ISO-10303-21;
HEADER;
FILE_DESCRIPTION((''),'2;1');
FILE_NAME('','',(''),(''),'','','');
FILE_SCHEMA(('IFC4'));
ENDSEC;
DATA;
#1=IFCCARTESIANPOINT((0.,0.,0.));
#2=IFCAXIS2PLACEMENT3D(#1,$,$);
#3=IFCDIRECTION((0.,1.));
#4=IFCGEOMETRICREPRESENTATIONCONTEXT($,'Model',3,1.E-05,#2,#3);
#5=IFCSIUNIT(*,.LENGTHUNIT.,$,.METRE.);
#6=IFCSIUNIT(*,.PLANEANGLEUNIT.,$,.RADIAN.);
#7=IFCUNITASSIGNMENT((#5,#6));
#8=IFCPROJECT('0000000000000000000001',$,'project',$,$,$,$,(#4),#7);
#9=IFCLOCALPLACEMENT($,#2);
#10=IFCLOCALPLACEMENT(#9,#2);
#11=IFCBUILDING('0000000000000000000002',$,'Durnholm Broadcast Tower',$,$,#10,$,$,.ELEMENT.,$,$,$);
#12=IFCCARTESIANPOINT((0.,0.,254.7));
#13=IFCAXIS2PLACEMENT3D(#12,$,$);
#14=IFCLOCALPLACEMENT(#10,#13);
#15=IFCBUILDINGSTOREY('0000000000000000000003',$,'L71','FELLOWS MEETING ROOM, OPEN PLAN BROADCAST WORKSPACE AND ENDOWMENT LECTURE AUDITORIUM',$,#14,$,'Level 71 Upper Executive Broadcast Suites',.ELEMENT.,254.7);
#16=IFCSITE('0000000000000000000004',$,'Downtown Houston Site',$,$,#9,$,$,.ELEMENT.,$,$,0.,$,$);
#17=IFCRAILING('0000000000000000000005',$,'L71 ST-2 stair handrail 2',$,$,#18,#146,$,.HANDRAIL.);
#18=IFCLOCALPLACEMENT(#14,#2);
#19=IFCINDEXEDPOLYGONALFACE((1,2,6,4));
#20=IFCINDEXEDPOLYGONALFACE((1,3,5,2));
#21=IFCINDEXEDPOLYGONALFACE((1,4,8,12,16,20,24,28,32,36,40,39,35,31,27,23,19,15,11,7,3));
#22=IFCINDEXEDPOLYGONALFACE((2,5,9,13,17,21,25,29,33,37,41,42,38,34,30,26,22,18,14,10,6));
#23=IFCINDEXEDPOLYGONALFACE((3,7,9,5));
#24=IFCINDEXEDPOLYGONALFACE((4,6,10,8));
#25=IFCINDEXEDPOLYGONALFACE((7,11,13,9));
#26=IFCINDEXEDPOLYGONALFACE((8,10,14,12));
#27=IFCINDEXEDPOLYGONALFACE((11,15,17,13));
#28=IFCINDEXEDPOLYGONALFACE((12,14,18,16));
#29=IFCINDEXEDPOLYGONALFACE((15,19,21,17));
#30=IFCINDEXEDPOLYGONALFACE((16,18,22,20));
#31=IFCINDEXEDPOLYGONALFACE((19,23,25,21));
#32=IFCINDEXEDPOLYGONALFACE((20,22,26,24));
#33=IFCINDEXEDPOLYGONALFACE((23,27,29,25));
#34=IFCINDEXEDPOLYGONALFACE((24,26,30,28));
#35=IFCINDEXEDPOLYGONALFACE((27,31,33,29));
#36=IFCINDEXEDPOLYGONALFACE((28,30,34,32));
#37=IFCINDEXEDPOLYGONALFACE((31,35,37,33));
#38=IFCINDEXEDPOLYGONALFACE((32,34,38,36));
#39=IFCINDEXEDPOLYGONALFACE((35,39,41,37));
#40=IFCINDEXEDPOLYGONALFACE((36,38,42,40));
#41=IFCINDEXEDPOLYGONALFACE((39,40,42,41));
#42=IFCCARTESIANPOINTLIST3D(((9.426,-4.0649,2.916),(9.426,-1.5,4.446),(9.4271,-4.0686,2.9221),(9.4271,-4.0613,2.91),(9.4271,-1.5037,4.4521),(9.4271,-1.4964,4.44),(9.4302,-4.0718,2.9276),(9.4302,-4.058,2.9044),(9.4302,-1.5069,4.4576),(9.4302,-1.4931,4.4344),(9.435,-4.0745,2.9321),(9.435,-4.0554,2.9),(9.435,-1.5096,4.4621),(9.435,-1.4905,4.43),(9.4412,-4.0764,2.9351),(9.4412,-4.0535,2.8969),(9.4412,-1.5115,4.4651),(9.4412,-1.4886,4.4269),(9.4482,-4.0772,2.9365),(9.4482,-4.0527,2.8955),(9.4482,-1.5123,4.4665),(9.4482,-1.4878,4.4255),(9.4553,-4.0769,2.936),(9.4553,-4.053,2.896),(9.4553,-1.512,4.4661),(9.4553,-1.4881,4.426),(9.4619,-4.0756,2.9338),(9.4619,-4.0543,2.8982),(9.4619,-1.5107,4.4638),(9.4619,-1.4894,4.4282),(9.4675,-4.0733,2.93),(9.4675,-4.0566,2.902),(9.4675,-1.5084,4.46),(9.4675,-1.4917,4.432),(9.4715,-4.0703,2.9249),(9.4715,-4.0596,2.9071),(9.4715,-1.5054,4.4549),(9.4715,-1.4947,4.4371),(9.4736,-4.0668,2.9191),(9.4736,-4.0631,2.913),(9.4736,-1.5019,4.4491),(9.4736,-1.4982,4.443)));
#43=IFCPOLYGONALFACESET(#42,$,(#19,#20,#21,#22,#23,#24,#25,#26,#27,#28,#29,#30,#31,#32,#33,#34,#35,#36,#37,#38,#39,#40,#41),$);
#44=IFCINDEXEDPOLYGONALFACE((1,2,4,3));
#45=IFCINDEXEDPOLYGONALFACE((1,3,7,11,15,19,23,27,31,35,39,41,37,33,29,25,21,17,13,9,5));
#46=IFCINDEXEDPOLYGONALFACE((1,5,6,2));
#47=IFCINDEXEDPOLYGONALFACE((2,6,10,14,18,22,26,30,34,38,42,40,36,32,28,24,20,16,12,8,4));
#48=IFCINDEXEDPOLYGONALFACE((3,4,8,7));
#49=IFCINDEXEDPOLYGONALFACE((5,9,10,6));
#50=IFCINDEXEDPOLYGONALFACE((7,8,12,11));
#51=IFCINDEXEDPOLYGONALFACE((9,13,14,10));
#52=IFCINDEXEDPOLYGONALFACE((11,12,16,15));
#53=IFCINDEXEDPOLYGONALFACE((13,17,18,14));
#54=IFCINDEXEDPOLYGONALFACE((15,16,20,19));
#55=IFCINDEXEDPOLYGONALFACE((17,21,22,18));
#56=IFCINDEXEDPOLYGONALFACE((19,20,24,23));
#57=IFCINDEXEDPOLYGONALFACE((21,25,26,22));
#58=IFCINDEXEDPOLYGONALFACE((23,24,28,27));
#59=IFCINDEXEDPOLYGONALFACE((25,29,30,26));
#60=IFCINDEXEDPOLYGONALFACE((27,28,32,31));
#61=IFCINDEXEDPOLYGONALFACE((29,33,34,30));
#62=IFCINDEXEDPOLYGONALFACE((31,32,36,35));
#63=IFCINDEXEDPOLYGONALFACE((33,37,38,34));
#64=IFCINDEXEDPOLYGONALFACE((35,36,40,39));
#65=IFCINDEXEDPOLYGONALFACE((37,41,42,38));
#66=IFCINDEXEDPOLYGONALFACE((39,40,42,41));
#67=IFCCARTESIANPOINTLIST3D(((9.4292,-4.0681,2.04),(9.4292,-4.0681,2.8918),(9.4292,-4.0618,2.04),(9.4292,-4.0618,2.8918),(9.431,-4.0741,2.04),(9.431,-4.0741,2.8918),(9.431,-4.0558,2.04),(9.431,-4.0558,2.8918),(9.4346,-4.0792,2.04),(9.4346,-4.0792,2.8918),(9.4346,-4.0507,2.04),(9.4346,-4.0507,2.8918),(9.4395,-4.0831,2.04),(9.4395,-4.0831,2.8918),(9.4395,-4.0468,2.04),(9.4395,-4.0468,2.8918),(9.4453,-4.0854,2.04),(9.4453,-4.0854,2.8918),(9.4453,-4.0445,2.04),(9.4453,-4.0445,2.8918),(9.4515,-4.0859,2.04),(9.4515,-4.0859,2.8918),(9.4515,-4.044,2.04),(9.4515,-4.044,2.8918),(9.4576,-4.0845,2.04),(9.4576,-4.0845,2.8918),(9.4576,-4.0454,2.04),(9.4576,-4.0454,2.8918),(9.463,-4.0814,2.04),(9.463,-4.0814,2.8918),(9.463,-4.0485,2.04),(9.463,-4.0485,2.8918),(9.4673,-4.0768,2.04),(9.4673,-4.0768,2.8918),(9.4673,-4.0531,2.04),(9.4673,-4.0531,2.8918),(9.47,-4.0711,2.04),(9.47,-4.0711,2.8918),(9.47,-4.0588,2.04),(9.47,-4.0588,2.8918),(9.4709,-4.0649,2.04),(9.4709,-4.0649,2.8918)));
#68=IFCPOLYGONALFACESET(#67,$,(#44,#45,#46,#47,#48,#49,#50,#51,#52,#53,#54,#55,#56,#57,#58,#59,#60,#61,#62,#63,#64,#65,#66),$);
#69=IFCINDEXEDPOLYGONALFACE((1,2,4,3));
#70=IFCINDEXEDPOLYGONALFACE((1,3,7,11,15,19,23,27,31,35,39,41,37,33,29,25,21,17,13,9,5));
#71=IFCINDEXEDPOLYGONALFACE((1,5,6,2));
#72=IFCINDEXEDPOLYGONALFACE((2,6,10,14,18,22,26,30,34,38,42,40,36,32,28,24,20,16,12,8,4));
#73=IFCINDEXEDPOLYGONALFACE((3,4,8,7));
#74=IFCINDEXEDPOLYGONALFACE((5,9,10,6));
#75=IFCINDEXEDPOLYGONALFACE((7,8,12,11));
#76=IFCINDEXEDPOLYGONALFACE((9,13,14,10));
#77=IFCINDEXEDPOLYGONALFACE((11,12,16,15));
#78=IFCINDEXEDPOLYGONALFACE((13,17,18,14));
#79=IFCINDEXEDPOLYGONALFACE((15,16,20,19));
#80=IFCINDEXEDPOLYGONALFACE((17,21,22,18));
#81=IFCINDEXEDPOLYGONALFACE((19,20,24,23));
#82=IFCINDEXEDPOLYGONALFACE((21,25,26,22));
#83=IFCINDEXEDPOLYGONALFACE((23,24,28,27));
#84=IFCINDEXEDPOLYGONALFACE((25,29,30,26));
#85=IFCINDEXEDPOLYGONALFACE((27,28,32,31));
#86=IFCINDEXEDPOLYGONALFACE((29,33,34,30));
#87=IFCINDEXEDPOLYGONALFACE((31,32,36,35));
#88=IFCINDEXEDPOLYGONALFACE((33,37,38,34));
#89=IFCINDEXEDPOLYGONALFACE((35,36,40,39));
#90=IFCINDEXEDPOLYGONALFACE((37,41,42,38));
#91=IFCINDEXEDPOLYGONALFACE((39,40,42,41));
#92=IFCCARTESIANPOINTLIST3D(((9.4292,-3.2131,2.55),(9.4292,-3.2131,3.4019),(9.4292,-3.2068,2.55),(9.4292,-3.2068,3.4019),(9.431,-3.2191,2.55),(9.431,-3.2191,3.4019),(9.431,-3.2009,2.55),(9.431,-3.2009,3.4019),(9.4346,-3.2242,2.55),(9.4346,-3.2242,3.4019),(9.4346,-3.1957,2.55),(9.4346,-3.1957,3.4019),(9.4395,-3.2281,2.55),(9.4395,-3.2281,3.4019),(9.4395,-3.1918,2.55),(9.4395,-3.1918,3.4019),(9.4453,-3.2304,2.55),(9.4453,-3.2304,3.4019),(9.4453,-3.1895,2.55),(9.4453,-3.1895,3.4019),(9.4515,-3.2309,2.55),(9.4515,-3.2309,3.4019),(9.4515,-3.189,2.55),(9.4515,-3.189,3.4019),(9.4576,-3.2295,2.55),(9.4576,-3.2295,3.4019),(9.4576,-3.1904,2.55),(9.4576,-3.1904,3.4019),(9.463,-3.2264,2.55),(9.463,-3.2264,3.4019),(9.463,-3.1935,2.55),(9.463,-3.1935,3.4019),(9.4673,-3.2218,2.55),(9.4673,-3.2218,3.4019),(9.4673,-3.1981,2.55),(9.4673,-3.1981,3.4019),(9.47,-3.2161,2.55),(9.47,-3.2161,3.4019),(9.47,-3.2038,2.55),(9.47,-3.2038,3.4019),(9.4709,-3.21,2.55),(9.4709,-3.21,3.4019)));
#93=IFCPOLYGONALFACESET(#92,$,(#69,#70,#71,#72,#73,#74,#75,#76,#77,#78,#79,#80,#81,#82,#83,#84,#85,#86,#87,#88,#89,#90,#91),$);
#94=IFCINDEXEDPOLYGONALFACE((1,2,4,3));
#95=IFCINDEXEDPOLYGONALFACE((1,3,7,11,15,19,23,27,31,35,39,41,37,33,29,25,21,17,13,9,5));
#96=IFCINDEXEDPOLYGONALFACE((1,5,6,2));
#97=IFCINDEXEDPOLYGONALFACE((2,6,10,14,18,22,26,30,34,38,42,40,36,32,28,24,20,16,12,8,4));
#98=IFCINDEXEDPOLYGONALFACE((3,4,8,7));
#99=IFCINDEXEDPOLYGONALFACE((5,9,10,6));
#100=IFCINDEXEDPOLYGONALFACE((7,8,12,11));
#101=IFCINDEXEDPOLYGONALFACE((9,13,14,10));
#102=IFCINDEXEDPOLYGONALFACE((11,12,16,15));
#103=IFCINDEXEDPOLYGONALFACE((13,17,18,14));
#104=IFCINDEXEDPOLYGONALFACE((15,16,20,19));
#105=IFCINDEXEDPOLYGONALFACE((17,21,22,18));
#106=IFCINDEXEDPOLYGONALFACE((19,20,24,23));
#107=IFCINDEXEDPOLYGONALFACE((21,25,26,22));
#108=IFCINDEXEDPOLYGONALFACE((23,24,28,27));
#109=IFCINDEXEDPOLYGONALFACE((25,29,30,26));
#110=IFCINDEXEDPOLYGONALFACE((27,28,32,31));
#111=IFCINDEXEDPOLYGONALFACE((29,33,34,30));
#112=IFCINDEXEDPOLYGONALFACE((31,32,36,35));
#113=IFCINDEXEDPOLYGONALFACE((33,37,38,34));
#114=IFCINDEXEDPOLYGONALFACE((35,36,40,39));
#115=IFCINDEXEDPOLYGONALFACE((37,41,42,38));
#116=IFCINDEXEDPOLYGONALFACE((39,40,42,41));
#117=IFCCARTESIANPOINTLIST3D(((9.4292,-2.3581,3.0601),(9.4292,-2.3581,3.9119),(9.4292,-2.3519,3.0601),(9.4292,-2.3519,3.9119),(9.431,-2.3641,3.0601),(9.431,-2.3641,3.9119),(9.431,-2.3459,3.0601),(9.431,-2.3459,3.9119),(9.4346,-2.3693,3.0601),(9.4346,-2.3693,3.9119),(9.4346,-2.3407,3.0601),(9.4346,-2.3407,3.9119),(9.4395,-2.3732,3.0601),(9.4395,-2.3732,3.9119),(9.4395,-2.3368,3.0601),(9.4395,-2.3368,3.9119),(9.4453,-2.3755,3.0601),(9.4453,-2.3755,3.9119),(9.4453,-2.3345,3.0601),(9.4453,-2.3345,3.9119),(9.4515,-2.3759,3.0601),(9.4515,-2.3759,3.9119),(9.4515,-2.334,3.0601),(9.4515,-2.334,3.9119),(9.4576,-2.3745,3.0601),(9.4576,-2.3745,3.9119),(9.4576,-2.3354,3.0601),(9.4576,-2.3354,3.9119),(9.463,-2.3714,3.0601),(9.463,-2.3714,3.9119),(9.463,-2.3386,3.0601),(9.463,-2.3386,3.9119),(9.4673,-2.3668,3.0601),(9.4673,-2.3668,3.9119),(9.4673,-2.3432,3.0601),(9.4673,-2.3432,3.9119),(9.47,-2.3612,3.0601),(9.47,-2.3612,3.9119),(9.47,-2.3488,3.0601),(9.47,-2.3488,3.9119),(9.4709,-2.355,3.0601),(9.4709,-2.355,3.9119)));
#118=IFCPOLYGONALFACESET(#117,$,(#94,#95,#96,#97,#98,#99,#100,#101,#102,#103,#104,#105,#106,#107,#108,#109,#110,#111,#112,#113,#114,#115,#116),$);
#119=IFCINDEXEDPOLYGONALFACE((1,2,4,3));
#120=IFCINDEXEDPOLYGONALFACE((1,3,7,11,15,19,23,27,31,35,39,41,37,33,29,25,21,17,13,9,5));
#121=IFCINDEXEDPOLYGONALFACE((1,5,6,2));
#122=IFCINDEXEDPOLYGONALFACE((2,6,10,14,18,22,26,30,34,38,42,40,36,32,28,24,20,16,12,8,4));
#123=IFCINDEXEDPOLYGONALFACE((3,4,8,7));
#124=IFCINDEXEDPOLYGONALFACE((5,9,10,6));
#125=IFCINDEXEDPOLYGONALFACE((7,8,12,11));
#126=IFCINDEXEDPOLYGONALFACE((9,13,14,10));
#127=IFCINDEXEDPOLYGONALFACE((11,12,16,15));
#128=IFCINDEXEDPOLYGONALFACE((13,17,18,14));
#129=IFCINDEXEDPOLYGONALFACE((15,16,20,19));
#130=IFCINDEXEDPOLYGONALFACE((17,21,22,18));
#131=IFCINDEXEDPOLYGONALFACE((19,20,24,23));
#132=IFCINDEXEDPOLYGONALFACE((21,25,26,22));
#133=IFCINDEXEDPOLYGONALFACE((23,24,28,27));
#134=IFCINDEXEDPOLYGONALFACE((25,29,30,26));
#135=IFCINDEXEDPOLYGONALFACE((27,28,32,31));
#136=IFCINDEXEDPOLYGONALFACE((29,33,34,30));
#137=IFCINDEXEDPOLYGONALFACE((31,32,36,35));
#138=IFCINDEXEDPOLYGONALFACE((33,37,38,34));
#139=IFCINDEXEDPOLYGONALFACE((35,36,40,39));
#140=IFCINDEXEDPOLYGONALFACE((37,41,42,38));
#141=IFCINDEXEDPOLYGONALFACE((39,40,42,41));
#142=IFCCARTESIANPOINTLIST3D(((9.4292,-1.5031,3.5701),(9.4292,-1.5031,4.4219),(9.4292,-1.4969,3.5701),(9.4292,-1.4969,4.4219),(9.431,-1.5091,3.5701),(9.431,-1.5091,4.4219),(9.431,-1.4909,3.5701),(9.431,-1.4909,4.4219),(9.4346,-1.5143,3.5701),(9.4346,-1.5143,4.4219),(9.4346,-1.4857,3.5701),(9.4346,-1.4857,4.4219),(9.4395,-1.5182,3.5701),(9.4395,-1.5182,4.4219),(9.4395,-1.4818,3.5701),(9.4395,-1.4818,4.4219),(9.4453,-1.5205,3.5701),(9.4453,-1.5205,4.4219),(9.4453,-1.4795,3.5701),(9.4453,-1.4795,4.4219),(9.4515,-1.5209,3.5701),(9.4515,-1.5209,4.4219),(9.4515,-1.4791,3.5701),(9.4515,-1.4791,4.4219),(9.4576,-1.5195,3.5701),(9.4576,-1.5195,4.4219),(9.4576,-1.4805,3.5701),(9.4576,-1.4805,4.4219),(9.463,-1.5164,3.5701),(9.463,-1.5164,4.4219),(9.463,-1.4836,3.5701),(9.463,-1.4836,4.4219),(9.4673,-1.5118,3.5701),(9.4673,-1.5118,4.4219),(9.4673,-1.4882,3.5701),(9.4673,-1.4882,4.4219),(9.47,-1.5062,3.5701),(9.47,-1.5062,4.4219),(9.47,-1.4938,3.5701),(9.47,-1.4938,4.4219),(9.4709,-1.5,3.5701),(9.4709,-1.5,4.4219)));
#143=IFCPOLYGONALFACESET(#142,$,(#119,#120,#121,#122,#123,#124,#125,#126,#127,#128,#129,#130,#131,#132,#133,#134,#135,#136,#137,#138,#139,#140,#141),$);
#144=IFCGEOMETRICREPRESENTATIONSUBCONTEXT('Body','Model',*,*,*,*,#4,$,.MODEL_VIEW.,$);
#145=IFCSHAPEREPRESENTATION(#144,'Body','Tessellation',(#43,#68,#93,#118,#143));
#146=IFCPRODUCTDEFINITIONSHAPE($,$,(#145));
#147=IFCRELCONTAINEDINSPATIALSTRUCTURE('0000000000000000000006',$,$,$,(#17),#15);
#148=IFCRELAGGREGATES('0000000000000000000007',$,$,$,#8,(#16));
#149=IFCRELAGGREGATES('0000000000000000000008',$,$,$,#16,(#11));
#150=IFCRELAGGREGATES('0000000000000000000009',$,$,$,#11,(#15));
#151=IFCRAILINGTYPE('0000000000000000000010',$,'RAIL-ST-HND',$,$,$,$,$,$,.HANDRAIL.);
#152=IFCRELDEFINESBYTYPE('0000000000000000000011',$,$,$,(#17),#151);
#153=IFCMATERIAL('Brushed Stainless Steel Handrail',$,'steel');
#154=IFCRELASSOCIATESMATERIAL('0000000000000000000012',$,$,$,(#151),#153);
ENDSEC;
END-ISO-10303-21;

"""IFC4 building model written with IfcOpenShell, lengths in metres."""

from ifc_helpers import new_model, si_unit, direction, frame, origin, origin_2d, place, context, subcontext, project, spatial, circle, extrude, material, type_object, element, save


model = new_model("IFC4")

# Units and contexts
model_context = context("Model", 3, precision=1e-05, world=origin(), true_north=direction((0.0, 1.0)))
body_context = subcontext(model_context, "Body", "Model", "MODEL_VIEW")
ifc_project = project(units=[si_unit("LENGTHUNIT", "METRE"), si_unit("PLANEANGLEUNIT", "RADIAN")], contexts=[model_context])

# Site, building, storey
site_placement = place(None, origin())
site = spatial("IfcSite", under=ifc_project, at=site_placement, Name="Downtown Houston Site", CompositionType="ELEMENT", RefElevation=0.0)
building_placement = place(site_placement, origin())
building = spatial("IfcBuilding", under=site, at=building_placement, Name="Durnholm Broadcast Tower", CompositionType="ELEMENT")
storey_placement = place(building_placement, frame((0.0, 0.0, 254.7)))
storey = spatial("IfcBuildingStorey", under=building, at=storey_placement, Name="L71", Description="FELLOWS MEETING ROOM, OPEN PLAN BROADCAST WORKSPACE AND ENDOWMENT LECTURE AUDITORIUM", LongName="Level 71 Upper Executive Broadcast Suites", CompositionType="ELEMENT", Elevation=254.7)

# Railing
ifc_material_1 = material(Name="Brushed Stainless Steel Handrail", Category="steel")
railing_type_1 = type_object("IfcRailingType", Name="RAIL-ST-HND", PredefinedType="HANDRAIL", material=ifc_material_1)
railing_1_placement = place(storey_placement, frame((9.45, -4.0649, 2.04)))
element("IfcRailing", 1, at=railing_1_placement, inside=storey, type_object=railing_type_1, Name="L71 ST-2 stair handrail 2", PredefinedType="HANDRAIL", context=body_context, shape_type="SweptSolid", body=[
    extrude(circle(Radius=0.0239, at=origin_2d()), frame((0.0, 0.0, 0.876), z_axis=(0.0, 0.85881, 0.512294), x_axis=(-1.0, 0.0, 0.0)), (0.0, 0.0, 1.0), 2.9866),
    extrude(circle(Radius=0.021, at=origin_2d()), origin(), (0.0, 0.0, 1.0), 0.8518),
    extrude(circle(Radius=0.021, at=origin_2d()), frame((0.0, 0.855, 0.51)), (0.0, 0.0, 1.0), 0.8518),
    extrude(circle(Radius=0.021, at=origin_2d()), frame((0.0, 1.71, 1.02)), (0.0, 0.0, 1.0), 0.8518),
    extrude(circle(Radius=0.021, at=origin_2d()), frame((0.0, 2.5649, 1.53)), (0.0, 0.0, 1.0), 0.8518),
])

save(model, "model.ifc")
